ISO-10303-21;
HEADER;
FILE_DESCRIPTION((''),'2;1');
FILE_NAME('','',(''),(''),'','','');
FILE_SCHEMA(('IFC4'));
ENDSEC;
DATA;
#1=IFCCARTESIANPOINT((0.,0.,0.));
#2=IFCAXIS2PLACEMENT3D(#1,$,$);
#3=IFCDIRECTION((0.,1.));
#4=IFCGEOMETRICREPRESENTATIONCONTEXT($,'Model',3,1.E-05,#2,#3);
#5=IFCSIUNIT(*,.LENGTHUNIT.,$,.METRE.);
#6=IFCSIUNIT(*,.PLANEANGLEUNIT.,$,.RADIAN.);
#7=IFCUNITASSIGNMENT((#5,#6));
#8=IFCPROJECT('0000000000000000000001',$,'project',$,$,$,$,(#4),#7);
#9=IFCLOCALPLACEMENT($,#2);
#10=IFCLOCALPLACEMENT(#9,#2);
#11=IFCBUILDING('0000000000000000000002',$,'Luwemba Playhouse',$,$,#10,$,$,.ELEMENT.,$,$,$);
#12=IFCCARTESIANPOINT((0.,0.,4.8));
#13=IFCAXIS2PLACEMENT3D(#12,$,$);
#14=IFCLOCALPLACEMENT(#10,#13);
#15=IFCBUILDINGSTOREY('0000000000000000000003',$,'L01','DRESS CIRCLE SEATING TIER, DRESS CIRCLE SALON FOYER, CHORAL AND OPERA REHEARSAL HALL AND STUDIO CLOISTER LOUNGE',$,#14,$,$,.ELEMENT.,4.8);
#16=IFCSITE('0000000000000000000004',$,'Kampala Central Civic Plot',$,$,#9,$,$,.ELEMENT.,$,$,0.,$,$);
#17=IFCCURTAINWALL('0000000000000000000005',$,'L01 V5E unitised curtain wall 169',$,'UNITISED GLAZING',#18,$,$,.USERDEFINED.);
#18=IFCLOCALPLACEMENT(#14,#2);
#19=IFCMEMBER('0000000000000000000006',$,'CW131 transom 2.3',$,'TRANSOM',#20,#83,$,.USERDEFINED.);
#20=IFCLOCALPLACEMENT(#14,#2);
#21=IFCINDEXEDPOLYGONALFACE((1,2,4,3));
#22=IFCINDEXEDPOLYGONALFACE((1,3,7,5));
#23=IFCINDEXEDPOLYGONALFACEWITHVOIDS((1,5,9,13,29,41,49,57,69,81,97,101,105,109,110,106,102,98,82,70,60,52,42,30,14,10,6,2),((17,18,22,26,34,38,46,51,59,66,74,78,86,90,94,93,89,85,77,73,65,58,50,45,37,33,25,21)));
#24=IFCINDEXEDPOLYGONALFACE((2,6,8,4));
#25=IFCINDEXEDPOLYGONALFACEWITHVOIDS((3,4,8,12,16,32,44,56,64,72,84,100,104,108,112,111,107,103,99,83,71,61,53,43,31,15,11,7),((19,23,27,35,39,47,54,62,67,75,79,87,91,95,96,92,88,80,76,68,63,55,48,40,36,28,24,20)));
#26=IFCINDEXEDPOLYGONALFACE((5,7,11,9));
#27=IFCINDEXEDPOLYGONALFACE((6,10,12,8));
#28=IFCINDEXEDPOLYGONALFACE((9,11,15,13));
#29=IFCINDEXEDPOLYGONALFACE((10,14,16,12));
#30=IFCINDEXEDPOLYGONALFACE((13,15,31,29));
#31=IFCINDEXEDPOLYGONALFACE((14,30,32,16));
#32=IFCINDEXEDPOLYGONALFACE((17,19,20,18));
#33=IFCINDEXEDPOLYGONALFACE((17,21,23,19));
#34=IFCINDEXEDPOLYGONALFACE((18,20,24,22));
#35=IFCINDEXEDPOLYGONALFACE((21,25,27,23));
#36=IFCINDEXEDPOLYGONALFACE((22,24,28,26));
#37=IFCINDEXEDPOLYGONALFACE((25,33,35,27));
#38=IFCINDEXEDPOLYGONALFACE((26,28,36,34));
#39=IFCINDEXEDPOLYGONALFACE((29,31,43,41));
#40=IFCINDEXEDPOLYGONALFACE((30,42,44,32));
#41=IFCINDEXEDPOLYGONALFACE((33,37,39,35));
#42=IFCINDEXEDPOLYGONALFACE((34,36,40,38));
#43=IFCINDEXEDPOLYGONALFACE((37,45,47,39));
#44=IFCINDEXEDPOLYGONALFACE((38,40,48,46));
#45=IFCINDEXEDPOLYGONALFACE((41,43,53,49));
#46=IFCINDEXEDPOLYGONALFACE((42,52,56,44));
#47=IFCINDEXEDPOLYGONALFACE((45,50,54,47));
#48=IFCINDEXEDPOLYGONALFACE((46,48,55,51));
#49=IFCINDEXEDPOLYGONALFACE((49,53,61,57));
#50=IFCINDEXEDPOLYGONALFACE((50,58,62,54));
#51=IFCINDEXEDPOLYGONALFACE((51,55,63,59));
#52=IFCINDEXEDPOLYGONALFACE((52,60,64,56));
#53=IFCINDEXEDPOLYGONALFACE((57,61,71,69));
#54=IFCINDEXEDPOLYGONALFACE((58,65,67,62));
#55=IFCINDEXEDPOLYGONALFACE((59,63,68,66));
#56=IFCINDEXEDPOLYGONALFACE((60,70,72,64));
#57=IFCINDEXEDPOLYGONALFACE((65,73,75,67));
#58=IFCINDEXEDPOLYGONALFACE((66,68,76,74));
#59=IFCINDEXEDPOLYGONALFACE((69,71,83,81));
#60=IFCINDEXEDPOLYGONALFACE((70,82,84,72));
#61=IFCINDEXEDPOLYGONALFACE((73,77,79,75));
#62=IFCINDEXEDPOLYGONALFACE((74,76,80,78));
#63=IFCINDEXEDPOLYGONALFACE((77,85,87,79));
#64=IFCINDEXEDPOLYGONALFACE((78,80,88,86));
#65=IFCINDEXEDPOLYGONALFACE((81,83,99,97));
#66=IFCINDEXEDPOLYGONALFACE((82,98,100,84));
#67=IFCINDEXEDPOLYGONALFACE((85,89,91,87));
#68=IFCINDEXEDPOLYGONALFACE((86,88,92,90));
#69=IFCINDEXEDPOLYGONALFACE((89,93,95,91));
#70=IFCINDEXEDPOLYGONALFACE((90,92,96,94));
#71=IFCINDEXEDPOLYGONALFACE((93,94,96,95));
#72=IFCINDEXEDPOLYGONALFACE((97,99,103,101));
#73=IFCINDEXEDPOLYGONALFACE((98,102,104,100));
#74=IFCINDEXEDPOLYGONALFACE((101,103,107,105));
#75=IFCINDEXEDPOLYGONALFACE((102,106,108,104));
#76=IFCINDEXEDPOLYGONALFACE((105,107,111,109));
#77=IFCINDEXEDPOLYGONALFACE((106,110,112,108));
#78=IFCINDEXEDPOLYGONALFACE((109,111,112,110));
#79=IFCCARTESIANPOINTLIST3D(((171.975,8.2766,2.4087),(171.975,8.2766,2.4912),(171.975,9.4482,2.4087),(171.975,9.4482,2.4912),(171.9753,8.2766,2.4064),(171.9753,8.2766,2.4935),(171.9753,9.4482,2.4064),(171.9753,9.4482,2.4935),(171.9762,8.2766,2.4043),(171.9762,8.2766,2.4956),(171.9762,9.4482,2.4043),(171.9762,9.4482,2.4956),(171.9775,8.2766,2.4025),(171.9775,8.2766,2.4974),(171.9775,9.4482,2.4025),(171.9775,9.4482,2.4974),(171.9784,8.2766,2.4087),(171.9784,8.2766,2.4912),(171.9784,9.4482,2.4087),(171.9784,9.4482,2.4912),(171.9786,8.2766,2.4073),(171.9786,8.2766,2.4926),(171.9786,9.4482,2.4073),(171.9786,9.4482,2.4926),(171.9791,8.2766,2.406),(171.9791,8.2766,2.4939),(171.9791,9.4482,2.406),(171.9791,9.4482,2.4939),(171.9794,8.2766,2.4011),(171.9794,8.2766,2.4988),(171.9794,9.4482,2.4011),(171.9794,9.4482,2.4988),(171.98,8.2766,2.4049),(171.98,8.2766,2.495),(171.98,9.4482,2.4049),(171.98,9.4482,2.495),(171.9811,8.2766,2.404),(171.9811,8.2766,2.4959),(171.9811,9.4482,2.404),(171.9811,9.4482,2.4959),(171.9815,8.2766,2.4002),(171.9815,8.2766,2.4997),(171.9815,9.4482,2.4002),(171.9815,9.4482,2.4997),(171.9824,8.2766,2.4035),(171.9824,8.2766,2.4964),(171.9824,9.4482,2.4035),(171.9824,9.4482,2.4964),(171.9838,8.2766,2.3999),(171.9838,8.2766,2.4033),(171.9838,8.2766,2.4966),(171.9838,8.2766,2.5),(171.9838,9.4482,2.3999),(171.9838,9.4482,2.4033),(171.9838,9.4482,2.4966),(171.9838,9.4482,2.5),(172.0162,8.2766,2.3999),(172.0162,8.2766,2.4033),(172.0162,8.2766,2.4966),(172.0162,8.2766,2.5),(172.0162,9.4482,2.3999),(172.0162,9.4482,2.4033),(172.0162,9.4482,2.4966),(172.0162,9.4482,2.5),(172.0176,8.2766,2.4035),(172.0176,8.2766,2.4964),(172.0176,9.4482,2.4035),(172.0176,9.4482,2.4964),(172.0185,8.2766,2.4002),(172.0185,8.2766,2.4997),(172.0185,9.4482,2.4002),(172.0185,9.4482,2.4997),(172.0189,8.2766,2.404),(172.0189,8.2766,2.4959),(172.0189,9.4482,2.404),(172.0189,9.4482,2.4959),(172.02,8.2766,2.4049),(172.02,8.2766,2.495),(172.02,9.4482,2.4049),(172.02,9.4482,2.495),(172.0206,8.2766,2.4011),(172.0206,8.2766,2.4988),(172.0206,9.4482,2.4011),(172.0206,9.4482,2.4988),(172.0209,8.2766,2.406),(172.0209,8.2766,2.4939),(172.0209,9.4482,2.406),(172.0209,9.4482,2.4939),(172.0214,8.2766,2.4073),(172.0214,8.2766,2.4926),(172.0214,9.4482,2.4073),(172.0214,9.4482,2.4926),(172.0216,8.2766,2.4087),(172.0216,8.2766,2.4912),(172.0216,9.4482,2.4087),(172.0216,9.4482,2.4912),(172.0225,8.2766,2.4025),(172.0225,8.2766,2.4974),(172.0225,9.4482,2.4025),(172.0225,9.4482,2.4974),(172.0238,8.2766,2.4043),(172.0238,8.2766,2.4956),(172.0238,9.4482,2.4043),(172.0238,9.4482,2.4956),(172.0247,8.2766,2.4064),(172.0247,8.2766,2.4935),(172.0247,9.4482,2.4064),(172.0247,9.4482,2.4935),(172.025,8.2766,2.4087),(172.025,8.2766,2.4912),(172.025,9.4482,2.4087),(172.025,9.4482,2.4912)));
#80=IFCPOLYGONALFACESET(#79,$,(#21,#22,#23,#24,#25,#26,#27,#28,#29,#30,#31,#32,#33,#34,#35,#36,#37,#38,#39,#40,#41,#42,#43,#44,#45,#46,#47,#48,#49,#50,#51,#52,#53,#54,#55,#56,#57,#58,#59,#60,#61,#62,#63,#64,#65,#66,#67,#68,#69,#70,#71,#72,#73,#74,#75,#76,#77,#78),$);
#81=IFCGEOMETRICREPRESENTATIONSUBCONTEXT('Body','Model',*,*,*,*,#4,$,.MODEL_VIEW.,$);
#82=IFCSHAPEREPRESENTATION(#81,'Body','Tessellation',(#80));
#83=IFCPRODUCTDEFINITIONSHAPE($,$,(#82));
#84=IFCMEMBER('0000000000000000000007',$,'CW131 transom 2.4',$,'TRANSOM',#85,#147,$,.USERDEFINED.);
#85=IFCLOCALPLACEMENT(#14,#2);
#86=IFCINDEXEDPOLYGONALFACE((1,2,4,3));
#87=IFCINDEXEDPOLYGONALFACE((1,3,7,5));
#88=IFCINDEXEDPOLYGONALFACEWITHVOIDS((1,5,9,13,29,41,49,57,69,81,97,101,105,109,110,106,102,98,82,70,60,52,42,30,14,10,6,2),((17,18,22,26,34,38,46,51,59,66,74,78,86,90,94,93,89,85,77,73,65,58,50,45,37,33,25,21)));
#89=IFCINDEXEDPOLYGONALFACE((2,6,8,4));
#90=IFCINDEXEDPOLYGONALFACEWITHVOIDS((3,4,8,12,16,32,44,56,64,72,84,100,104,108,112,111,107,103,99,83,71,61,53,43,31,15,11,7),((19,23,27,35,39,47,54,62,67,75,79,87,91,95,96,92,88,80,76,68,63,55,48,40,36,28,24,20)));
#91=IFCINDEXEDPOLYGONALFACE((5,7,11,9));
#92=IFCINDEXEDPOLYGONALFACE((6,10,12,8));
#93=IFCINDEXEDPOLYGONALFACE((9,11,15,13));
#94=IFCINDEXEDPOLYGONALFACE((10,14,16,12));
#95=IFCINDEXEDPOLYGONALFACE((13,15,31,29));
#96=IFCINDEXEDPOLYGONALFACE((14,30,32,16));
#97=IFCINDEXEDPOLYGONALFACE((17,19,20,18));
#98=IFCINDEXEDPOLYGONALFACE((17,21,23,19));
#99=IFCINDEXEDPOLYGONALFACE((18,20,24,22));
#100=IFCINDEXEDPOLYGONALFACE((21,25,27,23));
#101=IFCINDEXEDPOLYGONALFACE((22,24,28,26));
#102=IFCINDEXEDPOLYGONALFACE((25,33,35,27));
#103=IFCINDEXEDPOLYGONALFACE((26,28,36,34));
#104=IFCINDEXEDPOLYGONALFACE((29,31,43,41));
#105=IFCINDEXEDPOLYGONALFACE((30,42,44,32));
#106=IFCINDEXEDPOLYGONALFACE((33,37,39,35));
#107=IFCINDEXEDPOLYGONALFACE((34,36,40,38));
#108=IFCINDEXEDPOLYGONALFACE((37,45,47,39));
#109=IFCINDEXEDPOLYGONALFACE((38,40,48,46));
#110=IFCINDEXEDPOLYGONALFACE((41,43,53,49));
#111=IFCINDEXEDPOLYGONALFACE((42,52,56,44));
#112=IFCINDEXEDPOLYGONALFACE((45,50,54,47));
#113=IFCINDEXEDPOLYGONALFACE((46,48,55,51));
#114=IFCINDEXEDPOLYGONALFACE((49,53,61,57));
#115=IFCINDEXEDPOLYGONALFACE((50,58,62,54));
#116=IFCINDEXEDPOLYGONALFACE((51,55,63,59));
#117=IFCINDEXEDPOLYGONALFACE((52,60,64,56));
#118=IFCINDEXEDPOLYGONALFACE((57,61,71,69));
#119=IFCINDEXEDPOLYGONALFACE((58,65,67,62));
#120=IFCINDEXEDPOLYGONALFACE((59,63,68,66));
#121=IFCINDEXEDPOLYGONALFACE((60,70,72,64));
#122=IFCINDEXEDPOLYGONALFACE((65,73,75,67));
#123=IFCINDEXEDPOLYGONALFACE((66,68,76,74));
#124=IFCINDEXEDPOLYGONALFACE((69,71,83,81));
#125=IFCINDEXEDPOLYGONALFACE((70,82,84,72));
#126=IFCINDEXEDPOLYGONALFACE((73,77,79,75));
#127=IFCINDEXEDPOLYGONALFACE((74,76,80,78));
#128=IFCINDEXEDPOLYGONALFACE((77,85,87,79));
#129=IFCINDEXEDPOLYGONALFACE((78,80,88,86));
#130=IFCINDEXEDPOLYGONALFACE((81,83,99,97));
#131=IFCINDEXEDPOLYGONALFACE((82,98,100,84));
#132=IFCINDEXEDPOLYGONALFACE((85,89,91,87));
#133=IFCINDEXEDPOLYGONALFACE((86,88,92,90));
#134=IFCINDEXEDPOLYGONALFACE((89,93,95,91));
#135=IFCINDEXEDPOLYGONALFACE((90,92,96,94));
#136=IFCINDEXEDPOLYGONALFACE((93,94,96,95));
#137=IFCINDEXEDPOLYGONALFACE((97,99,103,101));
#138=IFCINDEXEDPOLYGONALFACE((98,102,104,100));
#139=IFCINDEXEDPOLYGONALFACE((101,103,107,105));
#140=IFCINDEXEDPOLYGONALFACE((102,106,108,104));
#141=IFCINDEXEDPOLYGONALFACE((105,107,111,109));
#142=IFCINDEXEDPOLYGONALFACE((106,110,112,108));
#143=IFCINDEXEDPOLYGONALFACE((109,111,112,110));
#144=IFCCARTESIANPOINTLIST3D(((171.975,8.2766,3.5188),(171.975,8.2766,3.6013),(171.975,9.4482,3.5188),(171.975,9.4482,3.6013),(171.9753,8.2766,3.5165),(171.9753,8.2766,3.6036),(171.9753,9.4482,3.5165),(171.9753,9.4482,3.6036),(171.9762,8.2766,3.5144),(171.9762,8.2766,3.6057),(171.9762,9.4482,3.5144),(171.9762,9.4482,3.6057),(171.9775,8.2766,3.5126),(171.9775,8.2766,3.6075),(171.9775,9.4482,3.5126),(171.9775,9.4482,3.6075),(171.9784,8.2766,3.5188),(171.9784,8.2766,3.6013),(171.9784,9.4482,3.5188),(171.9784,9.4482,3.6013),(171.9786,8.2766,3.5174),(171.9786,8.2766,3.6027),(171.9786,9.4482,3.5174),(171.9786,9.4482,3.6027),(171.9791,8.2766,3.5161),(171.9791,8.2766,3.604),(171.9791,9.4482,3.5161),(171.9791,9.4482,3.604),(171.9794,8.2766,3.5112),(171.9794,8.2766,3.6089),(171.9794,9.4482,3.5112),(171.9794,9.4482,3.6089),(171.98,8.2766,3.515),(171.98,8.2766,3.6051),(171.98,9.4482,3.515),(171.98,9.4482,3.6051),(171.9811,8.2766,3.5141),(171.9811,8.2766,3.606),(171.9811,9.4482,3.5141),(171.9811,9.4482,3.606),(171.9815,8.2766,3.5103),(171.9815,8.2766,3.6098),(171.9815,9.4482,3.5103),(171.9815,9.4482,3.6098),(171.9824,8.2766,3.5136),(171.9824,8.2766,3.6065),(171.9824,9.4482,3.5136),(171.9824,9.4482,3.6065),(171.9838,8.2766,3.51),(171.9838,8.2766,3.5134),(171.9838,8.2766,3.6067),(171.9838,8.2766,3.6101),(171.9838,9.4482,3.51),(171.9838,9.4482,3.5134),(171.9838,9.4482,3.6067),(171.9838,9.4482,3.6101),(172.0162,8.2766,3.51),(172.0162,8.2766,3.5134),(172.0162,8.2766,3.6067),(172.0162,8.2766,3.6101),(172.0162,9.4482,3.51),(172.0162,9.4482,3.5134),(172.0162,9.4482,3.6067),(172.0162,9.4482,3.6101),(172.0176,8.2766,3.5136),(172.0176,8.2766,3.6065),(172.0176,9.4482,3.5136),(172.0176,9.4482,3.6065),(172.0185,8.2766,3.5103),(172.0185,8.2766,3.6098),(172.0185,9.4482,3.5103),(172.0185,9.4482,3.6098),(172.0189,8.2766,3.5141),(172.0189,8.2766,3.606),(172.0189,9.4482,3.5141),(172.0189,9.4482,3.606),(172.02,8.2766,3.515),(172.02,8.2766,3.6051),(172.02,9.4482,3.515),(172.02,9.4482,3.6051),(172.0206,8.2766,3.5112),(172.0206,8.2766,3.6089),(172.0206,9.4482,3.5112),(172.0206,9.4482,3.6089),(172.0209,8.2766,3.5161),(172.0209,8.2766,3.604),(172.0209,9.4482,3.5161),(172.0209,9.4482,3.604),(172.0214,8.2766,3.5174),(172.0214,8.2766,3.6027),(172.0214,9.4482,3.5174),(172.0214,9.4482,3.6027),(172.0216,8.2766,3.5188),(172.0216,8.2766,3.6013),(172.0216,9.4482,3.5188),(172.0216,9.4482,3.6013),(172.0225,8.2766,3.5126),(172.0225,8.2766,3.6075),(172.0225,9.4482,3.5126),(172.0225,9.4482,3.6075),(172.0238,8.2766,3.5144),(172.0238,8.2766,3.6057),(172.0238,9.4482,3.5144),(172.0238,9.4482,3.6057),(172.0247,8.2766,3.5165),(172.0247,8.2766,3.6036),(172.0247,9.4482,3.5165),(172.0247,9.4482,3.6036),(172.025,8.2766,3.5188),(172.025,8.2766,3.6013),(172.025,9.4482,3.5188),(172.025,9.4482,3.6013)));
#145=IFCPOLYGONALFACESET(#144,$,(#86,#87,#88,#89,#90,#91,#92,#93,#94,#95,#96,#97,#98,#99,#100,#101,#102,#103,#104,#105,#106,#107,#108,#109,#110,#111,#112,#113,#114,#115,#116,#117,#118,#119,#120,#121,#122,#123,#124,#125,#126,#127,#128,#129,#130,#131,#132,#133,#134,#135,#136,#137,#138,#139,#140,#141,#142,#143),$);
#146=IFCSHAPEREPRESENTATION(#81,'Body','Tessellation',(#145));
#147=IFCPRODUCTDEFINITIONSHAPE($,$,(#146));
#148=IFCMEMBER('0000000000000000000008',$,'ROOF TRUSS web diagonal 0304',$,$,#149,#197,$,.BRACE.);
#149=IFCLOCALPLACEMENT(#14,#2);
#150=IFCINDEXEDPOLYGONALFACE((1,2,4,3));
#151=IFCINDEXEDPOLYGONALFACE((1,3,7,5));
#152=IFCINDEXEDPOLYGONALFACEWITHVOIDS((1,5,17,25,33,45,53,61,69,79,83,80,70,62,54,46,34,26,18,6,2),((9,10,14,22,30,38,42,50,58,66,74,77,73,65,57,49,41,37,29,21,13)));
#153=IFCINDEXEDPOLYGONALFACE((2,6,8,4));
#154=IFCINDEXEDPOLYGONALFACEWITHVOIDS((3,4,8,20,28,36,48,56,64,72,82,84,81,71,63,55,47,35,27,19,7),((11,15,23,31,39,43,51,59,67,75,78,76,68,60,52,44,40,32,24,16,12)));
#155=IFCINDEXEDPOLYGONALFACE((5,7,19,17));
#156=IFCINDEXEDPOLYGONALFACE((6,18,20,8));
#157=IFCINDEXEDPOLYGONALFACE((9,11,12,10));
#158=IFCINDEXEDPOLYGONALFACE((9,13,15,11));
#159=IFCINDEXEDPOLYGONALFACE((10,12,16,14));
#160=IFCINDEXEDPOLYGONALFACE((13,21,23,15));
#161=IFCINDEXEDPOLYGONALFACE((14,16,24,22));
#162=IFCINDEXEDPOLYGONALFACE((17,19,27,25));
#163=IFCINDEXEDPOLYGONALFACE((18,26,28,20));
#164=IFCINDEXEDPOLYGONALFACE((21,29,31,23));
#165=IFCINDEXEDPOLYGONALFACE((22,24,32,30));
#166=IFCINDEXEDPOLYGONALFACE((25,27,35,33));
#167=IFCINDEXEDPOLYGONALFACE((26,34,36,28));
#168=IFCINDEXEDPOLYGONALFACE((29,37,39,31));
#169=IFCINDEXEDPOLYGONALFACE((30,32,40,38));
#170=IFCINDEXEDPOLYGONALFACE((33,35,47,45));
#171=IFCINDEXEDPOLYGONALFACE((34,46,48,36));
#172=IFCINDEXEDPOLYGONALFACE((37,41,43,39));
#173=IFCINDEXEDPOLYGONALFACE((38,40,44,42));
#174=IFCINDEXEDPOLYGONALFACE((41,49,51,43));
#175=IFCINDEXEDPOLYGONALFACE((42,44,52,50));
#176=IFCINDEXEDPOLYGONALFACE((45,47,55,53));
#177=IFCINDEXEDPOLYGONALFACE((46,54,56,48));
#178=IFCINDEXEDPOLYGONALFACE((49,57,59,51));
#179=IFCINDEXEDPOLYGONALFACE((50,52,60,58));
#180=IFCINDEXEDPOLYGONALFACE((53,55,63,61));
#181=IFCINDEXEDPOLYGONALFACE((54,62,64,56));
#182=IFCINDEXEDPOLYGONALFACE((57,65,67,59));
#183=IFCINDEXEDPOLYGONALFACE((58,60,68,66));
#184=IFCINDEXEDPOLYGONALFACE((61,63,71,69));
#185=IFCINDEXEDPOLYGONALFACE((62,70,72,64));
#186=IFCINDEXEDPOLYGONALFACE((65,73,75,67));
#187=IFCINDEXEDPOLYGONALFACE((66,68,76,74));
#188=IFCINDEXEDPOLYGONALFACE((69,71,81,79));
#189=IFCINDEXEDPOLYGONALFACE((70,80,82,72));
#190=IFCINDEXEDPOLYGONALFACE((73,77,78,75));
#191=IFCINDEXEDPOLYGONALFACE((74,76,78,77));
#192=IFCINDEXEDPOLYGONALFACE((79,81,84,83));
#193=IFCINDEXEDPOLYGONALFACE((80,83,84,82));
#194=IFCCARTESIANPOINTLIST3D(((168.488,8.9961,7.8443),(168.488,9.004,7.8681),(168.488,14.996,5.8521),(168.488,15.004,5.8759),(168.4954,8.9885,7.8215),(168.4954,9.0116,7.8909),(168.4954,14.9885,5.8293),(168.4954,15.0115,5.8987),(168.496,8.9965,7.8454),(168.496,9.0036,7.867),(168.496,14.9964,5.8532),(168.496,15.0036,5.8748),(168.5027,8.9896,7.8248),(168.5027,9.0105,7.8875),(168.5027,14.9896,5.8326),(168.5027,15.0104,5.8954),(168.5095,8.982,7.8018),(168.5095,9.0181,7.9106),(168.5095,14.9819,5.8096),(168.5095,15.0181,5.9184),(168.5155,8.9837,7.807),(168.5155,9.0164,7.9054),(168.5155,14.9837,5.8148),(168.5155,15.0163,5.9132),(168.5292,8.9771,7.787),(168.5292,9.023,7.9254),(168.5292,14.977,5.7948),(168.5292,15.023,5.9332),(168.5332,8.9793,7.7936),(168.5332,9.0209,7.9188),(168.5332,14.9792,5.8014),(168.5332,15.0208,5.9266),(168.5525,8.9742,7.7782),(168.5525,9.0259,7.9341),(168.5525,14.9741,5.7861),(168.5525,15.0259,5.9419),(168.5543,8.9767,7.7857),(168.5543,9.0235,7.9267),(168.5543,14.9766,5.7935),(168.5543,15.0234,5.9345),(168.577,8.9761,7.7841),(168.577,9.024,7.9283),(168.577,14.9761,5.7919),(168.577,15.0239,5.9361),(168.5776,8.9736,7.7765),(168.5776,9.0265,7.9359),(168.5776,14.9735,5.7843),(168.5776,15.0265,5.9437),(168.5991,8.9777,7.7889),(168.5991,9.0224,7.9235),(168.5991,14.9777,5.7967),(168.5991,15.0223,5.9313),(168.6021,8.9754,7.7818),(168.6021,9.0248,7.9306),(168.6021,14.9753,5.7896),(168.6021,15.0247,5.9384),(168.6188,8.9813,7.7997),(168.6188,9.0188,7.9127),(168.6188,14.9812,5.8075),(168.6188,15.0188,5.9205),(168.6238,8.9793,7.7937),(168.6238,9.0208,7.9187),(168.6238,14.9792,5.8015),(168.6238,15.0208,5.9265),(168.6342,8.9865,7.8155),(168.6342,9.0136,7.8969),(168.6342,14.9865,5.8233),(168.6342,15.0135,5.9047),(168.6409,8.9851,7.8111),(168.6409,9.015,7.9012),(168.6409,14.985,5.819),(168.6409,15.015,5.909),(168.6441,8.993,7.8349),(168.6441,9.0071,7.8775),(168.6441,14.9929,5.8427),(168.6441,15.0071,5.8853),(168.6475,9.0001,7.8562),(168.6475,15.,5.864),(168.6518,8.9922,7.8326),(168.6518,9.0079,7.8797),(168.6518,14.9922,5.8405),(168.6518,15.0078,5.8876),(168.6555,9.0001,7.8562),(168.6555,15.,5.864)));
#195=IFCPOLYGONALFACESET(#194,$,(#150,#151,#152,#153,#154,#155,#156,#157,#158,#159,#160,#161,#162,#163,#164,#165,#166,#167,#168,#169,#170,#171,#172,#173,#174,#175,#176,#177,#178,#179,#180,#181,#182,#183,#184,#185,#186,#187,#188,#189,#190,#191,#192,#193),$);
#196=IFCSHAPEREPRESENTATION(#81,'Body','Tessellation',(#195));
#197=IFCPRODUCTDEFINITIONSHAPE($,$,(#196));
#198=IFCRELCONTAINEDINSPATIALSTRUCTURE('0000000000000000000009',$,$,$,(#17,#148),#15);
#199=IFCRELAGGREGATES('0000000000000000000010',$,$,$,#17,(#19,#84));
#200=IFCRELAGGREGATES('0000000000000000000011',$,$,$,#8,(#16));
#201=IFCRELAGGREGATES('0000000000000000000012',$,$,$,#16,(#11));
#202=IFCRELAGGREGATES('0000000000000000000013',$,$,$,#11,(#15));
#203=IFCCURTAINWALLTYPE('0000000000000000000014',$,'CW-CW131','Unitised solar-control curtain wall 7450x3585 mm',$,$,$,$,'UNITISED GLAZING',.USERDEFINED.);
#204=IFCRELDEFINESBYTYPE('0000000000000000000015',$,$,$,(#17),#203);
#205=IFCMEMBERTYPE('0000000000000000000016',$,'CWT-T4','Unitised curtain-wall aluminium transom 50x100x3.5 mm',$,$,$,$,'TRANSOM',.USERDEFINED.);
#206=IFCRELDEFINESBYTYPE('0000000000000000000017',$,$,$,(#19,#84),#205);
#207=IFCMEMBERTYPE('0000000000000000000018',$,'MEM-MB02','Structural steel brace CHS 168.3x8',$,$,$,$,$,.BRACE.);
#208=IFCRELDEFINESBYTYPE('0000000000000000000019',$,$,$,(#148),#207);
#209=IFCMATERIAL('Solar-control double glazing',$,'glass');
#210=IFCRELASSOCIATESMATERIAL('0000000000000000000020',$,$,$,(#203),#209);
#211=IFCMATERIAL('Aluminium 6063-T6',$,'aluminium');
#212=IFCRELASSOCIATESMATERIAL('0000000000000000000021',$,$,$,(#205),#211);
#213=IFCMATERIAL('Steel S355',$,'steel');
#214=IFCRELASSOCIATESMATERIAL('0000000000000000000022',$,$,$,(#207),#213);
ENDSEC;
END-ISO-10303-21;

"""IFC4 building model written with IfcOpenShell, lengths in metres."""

from ifc_helpers import new_model, si_unit, direction, frame, origin, origin_2d, place, context, subcontext, project, spatial, hollow_rectangle, hollow_circle, extrude, material, material_profile, profile_set, type_object, element, aggregate, save


model = new_model("IFC4")

# Units and contexts
model_context = context("Model", 3, precision=1e-05, world=origin(), true_north=direction((0.0, 1.0)))
body_context = subcontext(model_context, "Body", "Model", "MODEL_VIEW")
ifc_project = project(units=[si_unit("LENGTHUNIT", "METRE"), si_unit("PLANEANGLEUNIT", "RADIAN")], contexts=[model_context])

# Site, building, storey
site_placement = place(None, origin())
site = spatial("IfcSite", under=ifc_project, at=site_placement, Name="Kampala Central Civic Plot", CompositionType="ELEMENT", RefElevation=0.0)
building_placement = place(site_placement, origin())
building = spatial("IfcBuilding", under=site, at=building_placement, Name="Luwemba Playhouse", CompositionType="ELEMENT")
storey_placement = place(building_placement, frame((0.0, 0.0, 4.8)))
storey = spatial("IfcBuildingStorey", under=building, at=storey_placement, Name="L01", Description="DRESS CIRCLE SEATING TIER, DRESS CIRCLE SALON FOYER, CHORAL AND OPERA REHEARSAL HALL AND STUDIO CLOISTER LOUNGE", CompositionType="ELEMENT", Elevation=4.8)

# Shared definitions
ifc_material_1 = material(Name="Steel S355", Category="steel")

# Curtain wall, members
ifc_material_2 = material(Name="Solar-control double glazing", Category="glass")
ifc_material_3 = material(Name="Aluminium 6063-T6", Category="aluminium")
curtain_wall_type_1 = type_object("IfcCurtainWallType", Name="CW-CW131", Description="Unitised solar-control curtain wall 7450x3585 mm", ElementType="UNITISED GLAZING", PredefinedType="USERDEFINED", material=ifc_material_2)
curtain_wall_1_placement = place(storey_placement, origin())
curtain_wall_1 = element("IfcCurtainWall", 1, at=curtain_wall_1_placement, inside=storey, type_object=curtain_wall_type_1, Name="L01 V5E unitised curtain wall 169", ObjectType="UNITISED GLAZING", PredefinedType="USERDEFINED")
ifc_material_profile_1 = material_profile(ifc_material_3, hollow_rectangle(XDim=0.05, YDim=0.1001, WallThickness=0.0034, InnerFilletRadius=0.0054, OuterFilletRadius=0.0088, at=origin_2d()))
ifc_profile_set_1 = profile_set([ifc_material_profile_1], Name="Aluminium 6063-T6")
member_type_1 = type_object("IfcMemberType", Name="CWT-T4", Description="Unitised curtain-wall aluminium transom 50x100x3.5 mm", ElementType="TRANSOM", PredefinedType="USERDEFINED", material=ifc_profile_set_1)
member_1_placement = place(storey_placement, frame((172.0, 9.4482, 2.45), z_axis=(0.0, -1.0, 0.0), x_axis=(1.0, 0.0, 0.0)))
member_1 = element("IfcMember", 2, at=member_1_placement, type_object=member_type_1, Name="CW131 transom 2.3", ObjectType="TRANSOM", PredefinedType="USERDEFINED", context=body_context, shape_type="SweptSolid", body=[
    extrude(hollow_rectangle(XDim=0.05, YDim=0.1001, WallThickness=0.0034, InnerFilletRadius=0.0054, OuterFilletRadius=0.0088, at=origin_2d()), origin(), (0.0, 0.0, 1.0), 1.1716),
])
member_2_placement = place(storey_placement, frame((172.0, 9.4482, 3.5601), z_axis=(0.0, -1.0, 0.0), x_axis=(1.0, 0.0, 0.0)))
member_2 = element("IfcMember", 3, at=member_2_placement, type_object=member_type_1, Name="CW131 transom 2.4", ObjectType="TRANSOM", PredefinedType="USERDEFINED", context=body_context, shape_type="SweptSolid", body=[
    extrude(hollow_rectangle(XDim=0.05, YDim=0.1001, WallThickness=0.0034, InnerFilletRadius=0.0054, OuterFilletRadius=0.0088, at=origin_2d()), origin(), (0.0, 0.0, 1.0), 1.1716),
])

# Member
ifc_material_profile_2 = material_profile(ifc_material_1, hollow_circle(Radius=0.0842, WallThickness=0.0081, at=origin_2d()))
ifc_profile_set_2 = profile_set([ifc_material_profile_2], Name="Steel S355")
member_type_2 = type_object("IfcMemberType", Name="MEM-MB02", Description="Structural steel brace CHS 168.3x8", PredefinedType="BRACE", material=ifc_profile_set_2)
for number, where, z_axis, x_axis, name in (
    (4, (168.5713, 15.0, 5.864), (0.0, -0.949053, 0.315115), (1.0, 0.0, 0.0), "ROOF TRUSS web diagonal 0304"),
):
    element("IfcMember", number, at=place(storey_placement, frame(where, z_axis=z_axis, x_axis=x_axis)), inside=storey, type_object=member_type_2, Name=name, PredefinedType="BRACE", context=body_context, shape_type="SweptSolid", body=[
        extrude(hollow_circle(Radius=0.0842, WallThickness=0.0081, at=origin_2d()), origin(), (0.0, 0.0, 1.0), 6.322),
    ])

aggregate(curtain_wall_1, [member_1, member_2])

save(model, "model.ifc")
